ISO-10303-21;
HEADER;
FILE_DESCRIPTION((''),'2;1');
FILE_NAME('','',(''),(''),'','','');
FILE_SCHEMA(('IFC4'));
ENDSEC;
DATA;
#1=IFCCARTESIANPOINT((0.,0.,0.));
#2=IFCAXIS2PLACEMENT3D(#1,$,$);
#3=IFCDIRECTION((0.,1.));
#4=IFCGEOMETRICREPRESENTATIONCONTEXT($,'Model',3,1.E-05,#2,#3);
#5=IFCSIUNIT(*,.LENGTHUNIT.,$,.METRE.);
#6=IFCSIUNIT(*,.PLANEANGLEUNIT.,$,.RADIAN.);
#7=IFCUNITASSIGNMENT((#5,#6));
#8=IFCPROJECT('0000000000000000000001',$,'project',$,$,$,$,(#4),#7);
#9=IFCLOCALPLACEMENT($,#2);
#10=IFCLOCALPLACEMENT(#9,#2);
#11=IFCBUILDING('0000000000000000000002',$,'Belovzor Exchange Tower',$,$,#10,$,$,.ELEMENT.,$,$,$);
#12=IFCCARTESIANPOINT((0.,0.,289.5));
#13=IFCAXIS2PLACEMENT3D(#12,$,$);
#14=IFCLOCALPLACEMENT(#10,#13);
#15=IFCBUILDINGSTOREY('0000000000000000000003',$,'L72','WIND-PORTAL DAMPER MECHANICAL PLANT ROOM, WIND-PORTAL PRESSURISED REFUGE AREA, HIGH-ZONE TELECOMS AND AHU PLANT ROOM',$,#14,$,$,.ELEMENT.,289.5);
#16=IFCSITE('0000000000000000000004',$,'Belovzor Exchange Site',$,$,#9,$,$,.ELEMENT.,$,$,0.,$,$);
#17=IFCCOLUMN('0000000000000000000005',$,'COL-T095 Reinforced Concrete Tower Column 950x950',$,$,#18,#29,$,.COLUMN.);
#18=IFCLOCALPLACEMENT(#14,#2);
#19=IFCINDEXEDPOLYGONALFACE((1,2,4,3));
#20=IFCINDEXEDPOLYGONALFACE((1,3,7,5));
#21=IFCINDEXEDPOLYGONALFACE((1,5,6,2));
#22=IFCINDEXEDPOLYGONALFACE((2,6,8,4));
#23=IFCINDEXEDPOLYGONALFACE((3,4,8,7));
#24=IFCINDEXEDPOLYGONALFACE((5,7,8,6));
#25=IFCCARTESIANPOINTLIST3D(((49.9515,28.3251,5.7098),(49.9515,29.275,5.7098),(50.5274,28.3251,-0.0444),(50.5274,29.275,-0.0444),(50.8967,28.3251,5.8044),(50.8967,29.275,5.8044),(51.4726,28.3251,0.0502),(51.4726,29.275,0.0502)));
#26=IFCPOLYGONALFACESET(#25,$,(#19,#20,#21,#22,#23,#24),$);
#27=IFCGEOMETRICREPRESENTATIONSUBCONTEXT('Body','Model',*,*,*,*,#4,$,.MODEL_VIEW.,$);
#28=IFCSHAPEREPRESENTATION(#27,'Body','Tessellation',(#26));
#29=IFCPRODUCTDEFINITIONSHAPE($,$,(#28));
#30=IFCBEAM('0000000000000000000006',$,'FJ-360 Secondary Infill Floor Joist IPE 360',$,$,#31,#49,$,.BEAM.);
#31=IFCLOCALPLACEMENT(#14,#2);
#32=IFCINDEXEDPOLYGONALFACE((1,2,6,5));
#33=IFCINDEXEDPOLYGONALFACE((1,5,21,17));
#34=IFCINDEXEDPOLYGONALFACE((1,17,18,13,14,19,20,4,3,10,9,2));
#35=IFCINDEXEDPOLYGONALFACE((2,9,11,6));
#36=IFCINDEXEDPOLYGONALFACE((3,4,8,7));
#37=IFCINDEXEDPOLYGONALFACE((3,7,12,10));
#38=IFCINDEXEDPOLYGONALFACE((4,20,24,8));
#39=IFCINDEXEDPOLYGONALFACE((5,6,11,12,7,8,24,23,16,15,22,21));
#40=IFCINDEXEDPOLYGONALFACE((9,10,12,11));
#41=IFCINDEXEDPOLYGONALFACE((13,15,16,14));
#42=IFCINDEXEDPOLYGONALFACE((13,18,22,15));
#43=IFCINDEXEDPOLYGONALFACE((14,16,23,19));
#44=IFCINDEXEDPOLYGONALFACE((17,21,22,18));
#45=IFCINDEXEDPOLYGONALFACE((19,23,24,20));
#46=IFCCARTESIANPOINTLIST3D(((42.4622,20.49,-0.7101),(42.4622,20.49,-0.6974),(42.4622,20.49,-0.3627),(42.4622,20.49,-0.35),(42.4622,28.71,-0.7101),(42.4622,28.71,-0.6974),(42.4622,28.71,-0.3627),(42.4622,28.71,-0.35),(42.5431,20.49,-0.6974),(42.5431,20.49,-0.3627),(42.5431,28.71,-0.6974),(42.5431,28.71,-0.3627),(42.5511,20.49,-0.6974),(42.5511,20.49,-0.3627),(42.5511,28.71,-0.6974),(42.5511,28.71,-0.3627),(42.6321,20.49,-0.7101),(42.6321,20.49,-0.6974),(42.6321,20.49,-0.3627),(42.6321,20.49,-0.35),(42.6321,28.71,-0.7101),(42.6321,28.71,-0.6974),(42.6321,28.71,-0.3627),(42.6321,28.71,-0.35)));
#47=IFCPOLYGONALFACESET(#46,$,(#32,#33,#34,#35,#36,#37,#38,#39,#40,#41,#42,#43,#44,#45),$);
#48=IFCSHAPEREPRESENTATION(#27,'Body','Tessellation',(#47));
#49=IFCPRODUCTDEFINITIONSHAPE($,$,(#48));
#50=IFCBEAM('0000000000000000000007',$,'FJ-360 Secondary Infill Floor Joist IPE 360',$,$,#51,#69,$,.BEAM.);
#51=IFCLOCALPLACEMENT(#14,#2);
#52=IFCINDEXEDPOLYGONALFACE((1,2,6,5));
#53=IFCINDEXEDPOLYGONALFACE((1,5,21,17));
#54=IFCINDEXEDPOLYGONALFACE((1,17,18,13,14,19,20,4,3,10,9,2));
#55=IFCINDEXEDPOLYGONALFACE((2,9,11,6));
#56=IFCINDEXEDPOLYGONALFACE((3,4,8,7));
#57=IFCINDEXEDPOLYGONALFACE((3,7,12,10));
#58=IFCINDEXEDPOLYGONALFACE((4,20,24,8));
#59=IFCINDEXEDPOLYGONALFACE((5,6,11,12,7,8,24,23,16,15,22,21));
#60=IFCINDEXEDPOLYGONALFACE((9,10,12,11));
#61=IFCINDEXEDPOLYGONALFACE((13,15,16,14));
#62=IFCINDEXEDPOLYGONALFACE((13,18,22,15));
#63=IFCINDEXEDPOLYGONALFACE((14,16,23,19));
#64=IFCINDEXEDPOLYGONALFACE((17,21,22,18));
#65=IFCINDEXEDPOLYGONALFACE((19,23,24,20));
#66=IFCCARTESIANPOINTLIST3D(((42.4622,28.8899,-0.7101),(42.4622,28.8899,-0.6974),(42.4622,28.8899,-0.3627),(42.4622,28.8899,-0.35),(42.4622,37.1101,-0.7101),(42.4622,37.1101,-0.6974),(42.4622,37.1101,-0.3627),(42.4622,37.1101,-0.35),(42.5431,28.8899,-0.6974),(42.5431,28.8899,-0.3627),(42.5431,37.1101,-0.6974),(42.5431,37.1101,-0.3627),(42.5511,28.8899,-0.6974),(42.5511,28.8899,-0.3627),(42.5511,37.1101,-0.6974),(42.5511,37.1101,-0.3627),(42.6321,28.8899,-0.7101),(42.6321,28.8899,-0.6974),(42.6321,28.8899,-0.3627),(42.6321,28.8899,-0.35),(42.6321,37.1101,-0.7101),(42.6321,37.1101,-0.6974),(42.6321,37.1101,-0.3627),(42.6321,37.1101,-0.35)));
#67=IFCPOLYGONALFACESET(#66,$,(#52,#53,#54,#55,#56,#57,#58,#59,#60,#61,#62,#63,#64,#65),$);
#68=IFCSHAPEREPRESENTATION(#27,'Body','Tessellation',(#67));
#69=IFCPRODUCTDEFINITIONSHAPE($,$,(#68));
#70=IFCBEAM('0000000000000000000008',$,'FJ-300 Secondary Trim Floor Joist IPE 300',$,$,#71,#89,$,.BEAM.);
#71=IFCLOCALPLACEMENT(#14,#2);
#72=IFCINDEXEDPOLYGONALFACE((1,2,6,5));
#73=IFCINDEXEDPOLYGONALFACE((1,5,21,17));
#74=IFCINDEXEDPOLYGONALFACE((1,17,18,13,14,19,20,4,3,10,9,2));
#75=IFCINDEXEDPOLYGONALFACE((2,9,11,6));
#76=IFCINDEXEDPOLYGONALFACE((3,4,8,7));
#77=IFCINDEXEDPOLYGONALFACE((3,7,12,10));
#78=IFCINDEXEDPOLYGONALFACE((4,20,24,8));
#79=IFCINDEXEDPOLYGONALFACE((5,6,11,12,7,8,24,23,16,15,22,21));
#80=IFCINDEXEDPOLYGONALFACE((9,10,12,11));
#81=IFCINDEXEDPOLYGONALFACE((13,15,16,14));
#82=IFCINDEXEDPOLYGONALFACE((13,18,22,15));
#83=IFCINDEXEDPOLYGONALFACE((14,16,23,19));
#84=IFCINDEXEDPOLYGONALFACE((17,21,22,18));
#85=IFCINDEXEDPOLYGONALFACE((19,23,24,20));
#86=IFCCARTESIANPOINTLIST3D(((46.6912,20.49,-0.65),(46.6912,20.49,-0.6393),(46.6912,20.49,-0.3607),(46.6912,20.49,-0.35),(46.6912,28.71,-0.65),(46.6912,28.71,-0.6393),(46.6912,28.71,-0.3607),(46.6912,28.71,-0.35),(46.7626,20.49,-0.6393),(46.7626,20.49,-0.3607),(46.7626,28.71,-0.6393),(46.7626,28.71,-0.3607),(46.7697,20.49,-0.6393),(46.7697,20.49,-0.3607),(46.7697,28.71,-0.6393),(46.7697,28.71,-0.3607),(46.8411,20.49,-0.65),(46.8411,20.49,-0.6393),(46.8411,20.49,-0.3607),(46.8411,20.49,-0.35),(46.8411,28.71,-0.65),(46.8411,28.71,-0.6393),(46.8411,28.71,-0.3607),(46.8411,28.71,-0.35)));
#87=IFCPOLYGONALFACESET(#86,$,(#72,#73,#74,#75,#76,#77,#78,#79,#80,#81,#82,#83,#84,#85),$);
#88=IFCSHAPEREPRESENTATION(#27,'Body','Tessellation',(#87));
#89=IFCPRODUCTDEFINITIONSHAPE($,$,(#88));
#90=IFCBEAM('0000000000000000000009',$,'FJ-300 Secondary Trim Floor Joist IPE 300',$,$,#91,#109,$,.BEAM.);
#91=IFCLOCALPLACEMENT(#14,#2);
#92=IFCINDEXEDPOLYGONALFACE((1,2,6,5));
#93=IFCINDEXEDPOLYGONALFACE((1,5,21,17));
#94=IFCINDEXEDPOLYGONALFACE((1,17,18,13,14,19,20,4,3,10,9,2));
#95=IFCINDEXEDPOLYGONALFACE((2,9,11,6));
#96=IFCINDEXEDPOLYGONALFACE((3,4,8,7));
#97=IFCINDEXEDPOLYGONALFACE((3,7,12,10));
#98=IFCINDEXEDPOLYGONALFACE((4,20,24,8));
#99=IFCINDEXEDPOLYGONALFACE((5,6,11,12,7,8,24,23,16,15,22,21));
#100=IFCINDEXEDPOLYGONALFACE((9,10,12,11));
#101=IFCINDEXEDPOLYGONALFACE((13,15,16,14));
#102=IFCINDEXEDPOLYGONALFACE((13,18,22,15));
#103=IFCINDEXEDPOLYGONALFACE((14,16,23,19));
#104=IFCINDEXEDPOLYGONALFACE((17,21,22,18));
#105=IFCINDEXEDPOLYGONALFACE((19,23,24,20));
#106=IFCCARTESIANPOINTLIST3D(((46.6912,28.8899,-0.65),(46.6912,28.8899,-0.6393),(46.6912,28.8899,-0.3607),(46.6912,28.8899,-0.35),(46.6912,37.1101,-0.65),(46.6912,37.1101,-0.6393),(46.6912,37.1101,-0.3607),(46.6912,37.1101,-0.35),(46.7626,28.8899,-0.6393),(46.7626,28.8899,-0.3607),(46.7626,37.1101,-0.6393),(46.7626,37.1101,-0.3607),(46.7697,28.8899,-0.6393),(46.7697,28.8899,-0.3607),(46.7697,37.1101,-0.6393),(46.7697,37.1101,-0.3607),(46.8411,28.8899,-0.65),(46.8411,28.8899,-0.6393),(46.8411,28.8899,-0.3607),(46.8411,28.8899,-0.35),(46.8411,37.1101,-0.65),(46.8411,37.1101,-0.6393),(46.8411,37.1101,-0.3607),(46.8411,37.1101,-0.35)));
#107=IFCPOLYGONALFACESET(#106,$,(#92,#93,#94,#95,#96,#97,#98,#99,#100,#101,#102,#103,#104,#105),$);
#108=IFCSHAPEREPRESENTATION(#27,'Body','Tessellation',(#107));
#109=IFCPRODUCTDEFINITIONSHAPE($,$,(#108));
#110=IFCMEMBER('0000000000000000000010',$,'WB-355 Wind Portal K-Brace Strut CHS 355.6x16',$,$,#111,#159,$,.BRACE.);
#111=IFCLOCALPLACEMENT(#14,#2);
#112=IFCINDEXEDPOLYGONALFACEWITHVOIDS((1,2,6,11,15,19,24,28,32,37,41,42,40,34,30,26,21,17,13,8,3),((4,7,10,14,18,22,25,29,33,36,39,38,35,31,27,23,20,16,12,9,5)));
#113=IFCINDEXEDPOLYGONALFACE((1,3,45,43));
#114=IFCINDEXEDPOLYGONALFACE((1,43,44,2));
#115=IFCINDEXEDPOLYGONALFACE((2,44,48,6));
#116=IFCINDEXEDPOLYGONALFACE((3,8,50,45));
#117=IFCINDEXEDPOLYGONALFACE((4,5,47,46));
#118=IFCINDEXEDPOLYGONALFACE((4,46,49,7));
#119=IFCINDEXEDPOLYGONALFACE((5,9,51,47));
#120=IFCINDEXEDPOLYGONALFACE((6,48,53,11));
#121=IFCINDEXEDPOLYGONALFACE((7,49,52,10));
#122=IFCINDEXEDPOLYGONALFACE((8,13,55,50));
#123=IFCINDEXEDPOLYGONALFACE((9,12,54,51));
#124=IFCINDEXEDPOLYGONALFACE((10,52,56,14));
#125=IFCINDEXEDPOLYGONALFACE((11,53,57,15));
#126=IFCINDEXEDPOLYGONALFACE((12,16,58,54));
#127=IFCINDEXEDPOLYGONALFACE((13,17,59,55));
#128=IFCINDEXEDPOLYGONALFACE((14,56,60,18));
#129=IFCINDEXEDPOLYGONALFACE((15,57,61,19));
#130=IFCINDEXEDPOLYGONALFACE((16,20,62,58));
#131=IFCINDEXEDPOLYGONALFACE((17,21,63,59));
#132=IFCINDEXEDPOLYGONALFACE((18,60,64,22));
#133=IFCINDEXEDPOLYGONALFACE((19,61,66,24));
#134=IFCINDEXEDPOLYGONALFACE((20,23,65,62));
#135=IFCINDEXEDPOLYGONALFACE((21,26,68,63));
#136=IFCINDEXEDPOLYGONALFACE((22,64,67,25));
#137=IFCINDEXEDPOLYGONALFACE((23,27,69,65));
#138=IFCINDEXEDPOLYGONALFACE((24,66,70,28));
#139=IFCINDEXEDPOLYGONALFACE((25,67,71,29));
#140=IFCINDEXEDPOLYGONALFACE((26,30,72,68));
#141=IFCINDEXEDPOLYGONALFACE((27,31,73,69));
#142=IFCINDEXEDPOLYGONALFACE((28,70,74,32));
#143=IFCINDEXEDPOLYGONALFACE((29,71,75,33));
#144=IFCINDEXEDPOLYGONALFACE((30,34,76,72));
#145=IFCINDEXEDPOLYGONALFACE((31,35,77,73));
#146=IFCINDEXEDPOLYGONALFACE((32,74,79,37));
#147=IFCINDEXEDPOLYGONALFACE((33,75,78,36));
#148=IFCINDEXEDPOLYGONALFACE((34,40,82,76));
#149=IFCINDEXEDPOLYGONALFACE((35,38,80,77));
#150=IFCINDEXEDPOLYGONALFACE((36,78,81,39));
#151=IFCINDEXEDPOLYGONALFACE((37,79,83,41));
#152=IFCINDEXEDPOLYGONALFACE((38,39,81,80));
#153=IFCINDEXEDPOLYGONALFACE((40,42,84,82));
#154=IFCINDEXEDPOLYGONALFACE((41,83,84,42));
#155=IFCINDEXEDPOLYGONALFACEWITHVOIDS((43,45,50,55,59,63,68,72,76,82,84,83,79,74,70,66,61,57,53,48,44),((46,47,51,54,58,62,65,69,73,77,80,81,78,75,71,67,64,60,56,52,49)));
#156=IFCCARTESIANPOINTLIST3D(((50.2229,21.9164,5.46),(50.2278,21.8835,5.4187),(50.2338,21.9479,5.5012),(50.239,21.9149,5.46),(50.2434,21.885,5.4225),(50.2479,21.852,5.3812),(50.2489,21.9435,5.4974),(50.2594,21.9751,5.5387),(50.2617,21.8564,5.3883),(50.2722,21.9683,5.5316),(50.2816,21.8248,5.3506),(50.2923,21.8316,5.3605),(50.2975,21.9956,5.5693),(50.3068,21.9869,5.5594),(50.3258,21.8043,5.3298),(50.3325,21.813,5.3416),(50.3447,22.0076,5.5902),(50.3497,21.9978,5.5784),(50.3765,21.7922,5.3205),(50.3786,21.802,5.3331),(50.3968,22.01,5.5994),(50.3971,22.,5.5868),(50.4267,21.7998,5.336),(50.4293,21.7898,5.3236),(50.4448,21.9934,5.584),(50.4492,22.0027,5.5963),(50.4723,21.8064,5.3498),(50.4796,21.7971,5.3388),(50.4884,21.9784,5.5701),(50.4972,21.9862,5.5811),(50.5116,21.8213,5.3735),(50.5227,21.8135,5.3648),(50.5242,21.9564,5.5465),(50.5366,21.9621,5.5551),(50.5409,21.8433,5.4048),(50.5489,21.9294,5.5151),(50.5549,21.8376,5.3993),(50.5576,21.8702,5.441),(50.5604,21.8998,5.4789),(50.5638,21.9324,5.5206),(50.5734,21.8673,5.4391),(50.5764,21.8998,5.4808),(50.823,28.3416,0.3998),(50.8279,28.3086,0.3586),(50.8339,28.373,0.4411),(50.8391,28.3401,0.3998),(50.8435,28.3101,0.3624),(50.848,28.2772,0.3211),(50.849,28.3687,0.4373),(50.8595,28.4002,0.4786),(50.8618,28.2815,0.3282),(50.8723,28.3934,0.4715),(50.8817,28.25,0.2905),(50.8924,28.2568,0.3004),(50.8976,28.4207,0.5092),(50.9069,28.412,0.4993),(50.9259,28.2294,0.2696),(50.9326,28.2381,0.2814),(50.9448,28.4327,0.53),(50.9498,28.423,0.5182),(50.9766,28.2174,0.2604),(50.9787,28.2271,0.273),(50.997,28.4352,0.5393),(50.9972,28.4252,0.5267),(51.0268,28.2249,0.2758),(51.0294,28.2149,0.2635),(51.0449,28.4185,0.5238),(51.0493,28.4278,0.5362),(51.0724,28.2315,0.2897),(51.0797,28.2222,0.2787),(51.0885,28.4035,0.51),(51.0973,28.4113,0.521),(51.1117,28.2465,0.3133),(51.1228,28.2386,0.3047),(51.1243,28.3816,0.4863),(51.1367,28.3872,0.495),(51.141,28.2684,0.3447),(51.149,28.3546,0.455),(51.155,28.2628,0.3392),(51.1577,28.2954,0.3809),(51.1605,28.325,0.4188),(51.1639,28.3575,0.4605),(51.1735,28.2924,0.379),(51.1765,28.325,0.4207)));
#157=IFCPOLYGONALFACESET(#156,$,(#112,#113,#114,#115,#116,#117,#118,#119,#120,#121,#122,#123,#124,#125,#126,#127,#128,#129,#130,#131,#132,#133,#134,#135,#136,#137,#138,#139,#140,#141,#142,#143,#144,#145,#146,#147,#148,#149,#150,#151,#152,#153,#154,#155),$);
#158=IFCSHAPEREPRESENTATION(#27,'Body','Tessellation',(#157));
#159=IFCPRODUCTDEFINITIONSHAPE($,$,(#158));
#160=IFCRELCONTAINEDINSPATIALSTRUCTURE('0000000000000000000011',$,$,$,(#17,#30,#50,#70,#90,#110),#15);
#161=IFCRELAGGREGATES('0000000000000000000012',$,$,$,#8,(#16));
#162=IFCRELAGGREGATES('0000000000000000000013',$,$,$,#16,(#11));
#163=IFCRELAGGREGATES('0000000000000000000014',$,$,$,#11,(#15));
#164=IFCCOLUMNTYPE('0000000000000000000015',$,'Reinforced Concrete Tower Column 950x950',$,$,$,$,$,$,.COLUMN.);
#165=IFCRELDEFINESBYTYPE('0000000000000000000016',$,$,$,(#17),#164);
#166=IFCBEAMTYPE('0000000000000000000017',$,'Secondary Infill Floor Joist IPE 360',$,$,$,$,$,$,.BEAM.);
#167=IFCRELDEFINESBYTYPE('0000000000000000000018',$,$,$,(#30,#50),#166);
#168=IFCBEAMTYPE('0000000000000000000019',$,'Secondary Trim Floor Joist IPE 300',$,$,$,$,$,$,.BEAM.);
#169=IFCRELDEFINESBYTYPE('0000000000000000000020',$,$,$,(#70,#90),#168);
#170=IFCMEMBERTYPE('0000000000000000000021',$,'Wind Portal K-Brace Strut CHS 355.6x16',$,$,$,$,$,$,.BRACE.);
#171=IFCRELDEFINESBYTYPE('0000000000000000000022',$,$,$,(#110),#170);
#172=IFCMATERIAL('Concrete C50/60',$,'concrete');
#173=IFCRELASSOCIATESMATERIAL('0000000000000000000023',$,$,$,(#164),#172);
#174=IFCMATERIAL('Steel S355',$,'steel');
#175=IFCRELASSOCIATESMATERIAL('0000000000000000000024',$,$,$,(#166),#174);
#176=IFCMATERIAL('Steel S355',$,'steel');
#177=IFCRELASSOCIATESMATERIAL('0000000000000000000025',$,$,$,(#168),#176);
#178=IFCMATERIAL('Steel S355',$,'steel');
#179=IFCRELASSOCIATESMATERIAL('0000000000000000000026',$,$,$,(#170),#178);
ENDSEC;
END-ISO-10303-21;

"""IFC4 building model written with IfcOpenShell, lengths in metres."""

from ifc_helpers import new_model, si_unit, direction, frame, origin, origin_2d, place, context, subcontext, project, spatial, rectangle, hollow_circle, i_section, extrude, material, material_profile, profile_set, type_object, element, save


model = new_model("IFC4")

# Units and contexts
model_context = context("Model", 3, precision=1e-05, world=origin(), true_north=direction((0.0, 1.0)))
body_context = subcontext(model_context, "Body", "Model", "MODEL_VIEW")
ifc_project = project(units=[si_unit("LENGTHUNIT", "METRE"), si_unit("PLANEANGLEUNIT", "RADIAN")], contexts=[model_context])

# Site, building, storey
site_placement = place(None, origin())
site = spatial("IfcSite", under=ifc_project, at=site_placement, Name="Belovzor Exchange Site", CompositionType="ELEMENT", RefElevation=0.0)
building_placement = place(site_placement, origin())
building = spatial("IfcBuilding", under=site, at=building_placement, Name="Belovzor Exchange Tower", CompositionType="ELEMENT")
storey_placement = place(building_placement, frame((0.0, 0.0, 289.5)))
storey = spatial("IfcBuildingStorey", under=building, at=storey_placement, Name="L72", Description="WIND-PORTAL DAMPER MECHANICAL PLANT ROOM, WIND-PORTAL PRESSURISED REFUGE AREA, HIGH-ZONE TELECOMS AND AHU PLANT ROOM", CompositionType="ELEMENT", Elevation=289.5)

# Column
ifc_material_1 = material(Name="Concrete C50/60", Category="concrete")
ifc_material_profile_1 = material_profile(ifc_material_1, rectangle(XDim=0.95, YDim=0.95, at=origin_2d()))
ifc_profile_set_1 = profile_set([ifc_material_profile_1], Name="Concrete C50/60")
column_type = type_object("IfcColumnType", Name="Reinforced Concrete Tower Column 950x950", PredefinedType="COLUMN", material=ifc_profile_set_1)
column_placement = place(storey_placement, frame((51.0, 28.8, 0.0029), z_axis=(-0.099591, 0.0, 0.995028), x_axis=(0.0, -1.0, 0.0)))
element("IfcColumn", 1, at=column_placement, inside=storey, type_object=column_type, Name="COL-T095 Reinforced Concrete Tower Column 950x950", PredefinedType="COLUMN", context=body_context, shape_type="SweptSolid", body=[
    extrude(rectangle(XDim=0.95, YDim=0.95, at=origin_2d()), origin(), (0.0, 0.0, 1.0), 5.783),
])

# Beams
ifc_material_2 = material(Name="Steel S355", Category="steel")
ifc_material_profile_2 = material_profile(ifc_material_2, i_section(OverallWidth=0.1699, OverallDepth=0.3601, WebThickness=0.0081, FlangeThickness=0.0127, at=origin_2d()))
ifc_profile_set_2 = profile_set([ifc_material_profile_2], Name="Steel S355")
beam_type_1 = type_object("IfcBeamType", Name="Secondary Infill Floor Joist IPE 360", PredefinedType="BEAM", material=ifc_profile_set_2)
beam_1_placement = place(storey_placement, frame((42.5471, 20.49, -0.53), z_axis=(0.0, 1.0, 0.0), x_axis=(-1.0, 0.0, 0.0)))
element("IfcBeam", 2, at=beam_1_placement, inside=storey, type_object=beam_type_1, Name="FJ-360 Secondary Infill Floor Joist IPE 360", PredefinedType="BEAM", context=body_context, shape_type="SweptSolid", body=[
    extrude(i_section(OverallWidth=0.1699, OverallDepth=0.3601, WebThickness=0.0081, FlangeThickness=0.0127, at=origin_2d()), origin(), (0.0, 0.0, 1.0), 8.22),
])
beam_2_placement = place(storey_placement, frame((42.5471, 28.8899, -0.53), z_axis=(0.0, 1.0, 0.0), x_axis=(-1.0, 0.0, 0.0)))
element("IfcBeam", 3, at=beam_2_placement, inside=storey, type_object=beam_type_1, Name="FJ-360 Secondary Infill Floor Joist IPE 360", PredefinedType="BEAM", context=body_context, shape_type="SweptSolid", body=[
    extrude(i_section(OverallWidth=0.1699, OverallDepth=0.3601, WebThickness=0.0081, FlangeThickness=0.0127, at=origin_2d()), origin(), (0.0, 0.0, 1.0), 8.2202),
])
ifc_material_3 = material(Name="Steel S355", Category="steel")
ifc_material_profile_3 = material_profile(ifc_material_3, i_section(OverallWidth=0.1499, OverallDepth=0.3, WebThickness=0.0071, FlangeThickness=0.0107, at=origin_2d()))
ifc_profile_set_3 = profile_set([ifc_material_profile_3], Name="Steel S355")
beam_type_2 = type_object("IfcBeamType", Name="Secondary Trim Floor Joist IPE 300", PredefinedType="BEAM", material=ifc_profile_set_3)
beam_3_placement = place(storey_placement, frame((46.7661, 20.49, -0.5), z_axis=(0.0, 1.0, 0.0), x_axis=(-1.0, 0.0, 0.0)))
element("IfcBeam", 4, at=beam_3_placement, inside=storey, type_object=beam_type_2, Name="FJ-300 Secondary Trim Floor Joist IPE 300", PredefinedType="BEAM", context=body_context, shape_type="SweptSolid", body=[
    extrude(i_section(OverallWidth=0.1499, OverallDepth=0.3, WebThickness=0.0071, FlangeThickness=0.0107, at=origin_2d()), origin(), (0.0, 0.0, 1.0), 8.22),
])
beam_4_placement = place(storey_placement, frame((46.7661, 28.8899, -0.5), z_axis=(0.0, 1.0, 0.0), x_axis=(-1.0, 0.0, 0.0)))
element("IfcBeam", 5, at=beam_4_placement, inside=storey, type_object=beam_type_2, Name="FJ-300 Secondary Trim Floor Joist IPE 300", PredefinedType="BEAM", context=body_context, shape_type="SweptSolid", body=[
    extrude(i_section(OverallWidth=0.1499, OverallDepth=0.3, WebThickness=0.0071, FlangeThickness=0.0107, at=origin_2d()), origin(), (0.0, 0.0, 1.0), 8.2202),
])

# Member
ifc_material_4 = material(Name="Steel S355", Category="steel")
ifc_material_profile_4 = material_profile(ifc_material_4, hollow_circle(Radius=0.1777, WallThickness=0.0161, at=origin_2d()))
ifc_profile_set_4 = profile_set([ifc_material_profile_4], Name="Steel S355")
member_type = type_object("IfcMemberType", Name="Wind Portal K-Brace Strut CHS 355.6x16", PredefinedType="BRACE", material=ifc_profile_set_4)
for number, where, z_axis, x_axis, name in (
    (6, (50.3999, 21.8999, 5.46), (0.07318, 0.78351, -0.617055), (-0.995667, 0.092995, 0.0), "WB-355 Wind Portal K-Brace Strut CHS 355.6x16"),
):
    element("IfcMember", number, at=place(storey_placement, frame(where, z_axis=z_axis, x_axis=x_axis)), inside=storey, type_object=member_type, Name=name, PredefinedType="BRACE", context=body_context, shape_type="SweptSolid", body=[
        extrude(hollow_circle(Radius=0.1777, WallThickness=0.0161, at=origin_2d()), origin(), (0.0, 0.0, 1.0), 8.2004),
    ])

save(model, "model.ifc")
